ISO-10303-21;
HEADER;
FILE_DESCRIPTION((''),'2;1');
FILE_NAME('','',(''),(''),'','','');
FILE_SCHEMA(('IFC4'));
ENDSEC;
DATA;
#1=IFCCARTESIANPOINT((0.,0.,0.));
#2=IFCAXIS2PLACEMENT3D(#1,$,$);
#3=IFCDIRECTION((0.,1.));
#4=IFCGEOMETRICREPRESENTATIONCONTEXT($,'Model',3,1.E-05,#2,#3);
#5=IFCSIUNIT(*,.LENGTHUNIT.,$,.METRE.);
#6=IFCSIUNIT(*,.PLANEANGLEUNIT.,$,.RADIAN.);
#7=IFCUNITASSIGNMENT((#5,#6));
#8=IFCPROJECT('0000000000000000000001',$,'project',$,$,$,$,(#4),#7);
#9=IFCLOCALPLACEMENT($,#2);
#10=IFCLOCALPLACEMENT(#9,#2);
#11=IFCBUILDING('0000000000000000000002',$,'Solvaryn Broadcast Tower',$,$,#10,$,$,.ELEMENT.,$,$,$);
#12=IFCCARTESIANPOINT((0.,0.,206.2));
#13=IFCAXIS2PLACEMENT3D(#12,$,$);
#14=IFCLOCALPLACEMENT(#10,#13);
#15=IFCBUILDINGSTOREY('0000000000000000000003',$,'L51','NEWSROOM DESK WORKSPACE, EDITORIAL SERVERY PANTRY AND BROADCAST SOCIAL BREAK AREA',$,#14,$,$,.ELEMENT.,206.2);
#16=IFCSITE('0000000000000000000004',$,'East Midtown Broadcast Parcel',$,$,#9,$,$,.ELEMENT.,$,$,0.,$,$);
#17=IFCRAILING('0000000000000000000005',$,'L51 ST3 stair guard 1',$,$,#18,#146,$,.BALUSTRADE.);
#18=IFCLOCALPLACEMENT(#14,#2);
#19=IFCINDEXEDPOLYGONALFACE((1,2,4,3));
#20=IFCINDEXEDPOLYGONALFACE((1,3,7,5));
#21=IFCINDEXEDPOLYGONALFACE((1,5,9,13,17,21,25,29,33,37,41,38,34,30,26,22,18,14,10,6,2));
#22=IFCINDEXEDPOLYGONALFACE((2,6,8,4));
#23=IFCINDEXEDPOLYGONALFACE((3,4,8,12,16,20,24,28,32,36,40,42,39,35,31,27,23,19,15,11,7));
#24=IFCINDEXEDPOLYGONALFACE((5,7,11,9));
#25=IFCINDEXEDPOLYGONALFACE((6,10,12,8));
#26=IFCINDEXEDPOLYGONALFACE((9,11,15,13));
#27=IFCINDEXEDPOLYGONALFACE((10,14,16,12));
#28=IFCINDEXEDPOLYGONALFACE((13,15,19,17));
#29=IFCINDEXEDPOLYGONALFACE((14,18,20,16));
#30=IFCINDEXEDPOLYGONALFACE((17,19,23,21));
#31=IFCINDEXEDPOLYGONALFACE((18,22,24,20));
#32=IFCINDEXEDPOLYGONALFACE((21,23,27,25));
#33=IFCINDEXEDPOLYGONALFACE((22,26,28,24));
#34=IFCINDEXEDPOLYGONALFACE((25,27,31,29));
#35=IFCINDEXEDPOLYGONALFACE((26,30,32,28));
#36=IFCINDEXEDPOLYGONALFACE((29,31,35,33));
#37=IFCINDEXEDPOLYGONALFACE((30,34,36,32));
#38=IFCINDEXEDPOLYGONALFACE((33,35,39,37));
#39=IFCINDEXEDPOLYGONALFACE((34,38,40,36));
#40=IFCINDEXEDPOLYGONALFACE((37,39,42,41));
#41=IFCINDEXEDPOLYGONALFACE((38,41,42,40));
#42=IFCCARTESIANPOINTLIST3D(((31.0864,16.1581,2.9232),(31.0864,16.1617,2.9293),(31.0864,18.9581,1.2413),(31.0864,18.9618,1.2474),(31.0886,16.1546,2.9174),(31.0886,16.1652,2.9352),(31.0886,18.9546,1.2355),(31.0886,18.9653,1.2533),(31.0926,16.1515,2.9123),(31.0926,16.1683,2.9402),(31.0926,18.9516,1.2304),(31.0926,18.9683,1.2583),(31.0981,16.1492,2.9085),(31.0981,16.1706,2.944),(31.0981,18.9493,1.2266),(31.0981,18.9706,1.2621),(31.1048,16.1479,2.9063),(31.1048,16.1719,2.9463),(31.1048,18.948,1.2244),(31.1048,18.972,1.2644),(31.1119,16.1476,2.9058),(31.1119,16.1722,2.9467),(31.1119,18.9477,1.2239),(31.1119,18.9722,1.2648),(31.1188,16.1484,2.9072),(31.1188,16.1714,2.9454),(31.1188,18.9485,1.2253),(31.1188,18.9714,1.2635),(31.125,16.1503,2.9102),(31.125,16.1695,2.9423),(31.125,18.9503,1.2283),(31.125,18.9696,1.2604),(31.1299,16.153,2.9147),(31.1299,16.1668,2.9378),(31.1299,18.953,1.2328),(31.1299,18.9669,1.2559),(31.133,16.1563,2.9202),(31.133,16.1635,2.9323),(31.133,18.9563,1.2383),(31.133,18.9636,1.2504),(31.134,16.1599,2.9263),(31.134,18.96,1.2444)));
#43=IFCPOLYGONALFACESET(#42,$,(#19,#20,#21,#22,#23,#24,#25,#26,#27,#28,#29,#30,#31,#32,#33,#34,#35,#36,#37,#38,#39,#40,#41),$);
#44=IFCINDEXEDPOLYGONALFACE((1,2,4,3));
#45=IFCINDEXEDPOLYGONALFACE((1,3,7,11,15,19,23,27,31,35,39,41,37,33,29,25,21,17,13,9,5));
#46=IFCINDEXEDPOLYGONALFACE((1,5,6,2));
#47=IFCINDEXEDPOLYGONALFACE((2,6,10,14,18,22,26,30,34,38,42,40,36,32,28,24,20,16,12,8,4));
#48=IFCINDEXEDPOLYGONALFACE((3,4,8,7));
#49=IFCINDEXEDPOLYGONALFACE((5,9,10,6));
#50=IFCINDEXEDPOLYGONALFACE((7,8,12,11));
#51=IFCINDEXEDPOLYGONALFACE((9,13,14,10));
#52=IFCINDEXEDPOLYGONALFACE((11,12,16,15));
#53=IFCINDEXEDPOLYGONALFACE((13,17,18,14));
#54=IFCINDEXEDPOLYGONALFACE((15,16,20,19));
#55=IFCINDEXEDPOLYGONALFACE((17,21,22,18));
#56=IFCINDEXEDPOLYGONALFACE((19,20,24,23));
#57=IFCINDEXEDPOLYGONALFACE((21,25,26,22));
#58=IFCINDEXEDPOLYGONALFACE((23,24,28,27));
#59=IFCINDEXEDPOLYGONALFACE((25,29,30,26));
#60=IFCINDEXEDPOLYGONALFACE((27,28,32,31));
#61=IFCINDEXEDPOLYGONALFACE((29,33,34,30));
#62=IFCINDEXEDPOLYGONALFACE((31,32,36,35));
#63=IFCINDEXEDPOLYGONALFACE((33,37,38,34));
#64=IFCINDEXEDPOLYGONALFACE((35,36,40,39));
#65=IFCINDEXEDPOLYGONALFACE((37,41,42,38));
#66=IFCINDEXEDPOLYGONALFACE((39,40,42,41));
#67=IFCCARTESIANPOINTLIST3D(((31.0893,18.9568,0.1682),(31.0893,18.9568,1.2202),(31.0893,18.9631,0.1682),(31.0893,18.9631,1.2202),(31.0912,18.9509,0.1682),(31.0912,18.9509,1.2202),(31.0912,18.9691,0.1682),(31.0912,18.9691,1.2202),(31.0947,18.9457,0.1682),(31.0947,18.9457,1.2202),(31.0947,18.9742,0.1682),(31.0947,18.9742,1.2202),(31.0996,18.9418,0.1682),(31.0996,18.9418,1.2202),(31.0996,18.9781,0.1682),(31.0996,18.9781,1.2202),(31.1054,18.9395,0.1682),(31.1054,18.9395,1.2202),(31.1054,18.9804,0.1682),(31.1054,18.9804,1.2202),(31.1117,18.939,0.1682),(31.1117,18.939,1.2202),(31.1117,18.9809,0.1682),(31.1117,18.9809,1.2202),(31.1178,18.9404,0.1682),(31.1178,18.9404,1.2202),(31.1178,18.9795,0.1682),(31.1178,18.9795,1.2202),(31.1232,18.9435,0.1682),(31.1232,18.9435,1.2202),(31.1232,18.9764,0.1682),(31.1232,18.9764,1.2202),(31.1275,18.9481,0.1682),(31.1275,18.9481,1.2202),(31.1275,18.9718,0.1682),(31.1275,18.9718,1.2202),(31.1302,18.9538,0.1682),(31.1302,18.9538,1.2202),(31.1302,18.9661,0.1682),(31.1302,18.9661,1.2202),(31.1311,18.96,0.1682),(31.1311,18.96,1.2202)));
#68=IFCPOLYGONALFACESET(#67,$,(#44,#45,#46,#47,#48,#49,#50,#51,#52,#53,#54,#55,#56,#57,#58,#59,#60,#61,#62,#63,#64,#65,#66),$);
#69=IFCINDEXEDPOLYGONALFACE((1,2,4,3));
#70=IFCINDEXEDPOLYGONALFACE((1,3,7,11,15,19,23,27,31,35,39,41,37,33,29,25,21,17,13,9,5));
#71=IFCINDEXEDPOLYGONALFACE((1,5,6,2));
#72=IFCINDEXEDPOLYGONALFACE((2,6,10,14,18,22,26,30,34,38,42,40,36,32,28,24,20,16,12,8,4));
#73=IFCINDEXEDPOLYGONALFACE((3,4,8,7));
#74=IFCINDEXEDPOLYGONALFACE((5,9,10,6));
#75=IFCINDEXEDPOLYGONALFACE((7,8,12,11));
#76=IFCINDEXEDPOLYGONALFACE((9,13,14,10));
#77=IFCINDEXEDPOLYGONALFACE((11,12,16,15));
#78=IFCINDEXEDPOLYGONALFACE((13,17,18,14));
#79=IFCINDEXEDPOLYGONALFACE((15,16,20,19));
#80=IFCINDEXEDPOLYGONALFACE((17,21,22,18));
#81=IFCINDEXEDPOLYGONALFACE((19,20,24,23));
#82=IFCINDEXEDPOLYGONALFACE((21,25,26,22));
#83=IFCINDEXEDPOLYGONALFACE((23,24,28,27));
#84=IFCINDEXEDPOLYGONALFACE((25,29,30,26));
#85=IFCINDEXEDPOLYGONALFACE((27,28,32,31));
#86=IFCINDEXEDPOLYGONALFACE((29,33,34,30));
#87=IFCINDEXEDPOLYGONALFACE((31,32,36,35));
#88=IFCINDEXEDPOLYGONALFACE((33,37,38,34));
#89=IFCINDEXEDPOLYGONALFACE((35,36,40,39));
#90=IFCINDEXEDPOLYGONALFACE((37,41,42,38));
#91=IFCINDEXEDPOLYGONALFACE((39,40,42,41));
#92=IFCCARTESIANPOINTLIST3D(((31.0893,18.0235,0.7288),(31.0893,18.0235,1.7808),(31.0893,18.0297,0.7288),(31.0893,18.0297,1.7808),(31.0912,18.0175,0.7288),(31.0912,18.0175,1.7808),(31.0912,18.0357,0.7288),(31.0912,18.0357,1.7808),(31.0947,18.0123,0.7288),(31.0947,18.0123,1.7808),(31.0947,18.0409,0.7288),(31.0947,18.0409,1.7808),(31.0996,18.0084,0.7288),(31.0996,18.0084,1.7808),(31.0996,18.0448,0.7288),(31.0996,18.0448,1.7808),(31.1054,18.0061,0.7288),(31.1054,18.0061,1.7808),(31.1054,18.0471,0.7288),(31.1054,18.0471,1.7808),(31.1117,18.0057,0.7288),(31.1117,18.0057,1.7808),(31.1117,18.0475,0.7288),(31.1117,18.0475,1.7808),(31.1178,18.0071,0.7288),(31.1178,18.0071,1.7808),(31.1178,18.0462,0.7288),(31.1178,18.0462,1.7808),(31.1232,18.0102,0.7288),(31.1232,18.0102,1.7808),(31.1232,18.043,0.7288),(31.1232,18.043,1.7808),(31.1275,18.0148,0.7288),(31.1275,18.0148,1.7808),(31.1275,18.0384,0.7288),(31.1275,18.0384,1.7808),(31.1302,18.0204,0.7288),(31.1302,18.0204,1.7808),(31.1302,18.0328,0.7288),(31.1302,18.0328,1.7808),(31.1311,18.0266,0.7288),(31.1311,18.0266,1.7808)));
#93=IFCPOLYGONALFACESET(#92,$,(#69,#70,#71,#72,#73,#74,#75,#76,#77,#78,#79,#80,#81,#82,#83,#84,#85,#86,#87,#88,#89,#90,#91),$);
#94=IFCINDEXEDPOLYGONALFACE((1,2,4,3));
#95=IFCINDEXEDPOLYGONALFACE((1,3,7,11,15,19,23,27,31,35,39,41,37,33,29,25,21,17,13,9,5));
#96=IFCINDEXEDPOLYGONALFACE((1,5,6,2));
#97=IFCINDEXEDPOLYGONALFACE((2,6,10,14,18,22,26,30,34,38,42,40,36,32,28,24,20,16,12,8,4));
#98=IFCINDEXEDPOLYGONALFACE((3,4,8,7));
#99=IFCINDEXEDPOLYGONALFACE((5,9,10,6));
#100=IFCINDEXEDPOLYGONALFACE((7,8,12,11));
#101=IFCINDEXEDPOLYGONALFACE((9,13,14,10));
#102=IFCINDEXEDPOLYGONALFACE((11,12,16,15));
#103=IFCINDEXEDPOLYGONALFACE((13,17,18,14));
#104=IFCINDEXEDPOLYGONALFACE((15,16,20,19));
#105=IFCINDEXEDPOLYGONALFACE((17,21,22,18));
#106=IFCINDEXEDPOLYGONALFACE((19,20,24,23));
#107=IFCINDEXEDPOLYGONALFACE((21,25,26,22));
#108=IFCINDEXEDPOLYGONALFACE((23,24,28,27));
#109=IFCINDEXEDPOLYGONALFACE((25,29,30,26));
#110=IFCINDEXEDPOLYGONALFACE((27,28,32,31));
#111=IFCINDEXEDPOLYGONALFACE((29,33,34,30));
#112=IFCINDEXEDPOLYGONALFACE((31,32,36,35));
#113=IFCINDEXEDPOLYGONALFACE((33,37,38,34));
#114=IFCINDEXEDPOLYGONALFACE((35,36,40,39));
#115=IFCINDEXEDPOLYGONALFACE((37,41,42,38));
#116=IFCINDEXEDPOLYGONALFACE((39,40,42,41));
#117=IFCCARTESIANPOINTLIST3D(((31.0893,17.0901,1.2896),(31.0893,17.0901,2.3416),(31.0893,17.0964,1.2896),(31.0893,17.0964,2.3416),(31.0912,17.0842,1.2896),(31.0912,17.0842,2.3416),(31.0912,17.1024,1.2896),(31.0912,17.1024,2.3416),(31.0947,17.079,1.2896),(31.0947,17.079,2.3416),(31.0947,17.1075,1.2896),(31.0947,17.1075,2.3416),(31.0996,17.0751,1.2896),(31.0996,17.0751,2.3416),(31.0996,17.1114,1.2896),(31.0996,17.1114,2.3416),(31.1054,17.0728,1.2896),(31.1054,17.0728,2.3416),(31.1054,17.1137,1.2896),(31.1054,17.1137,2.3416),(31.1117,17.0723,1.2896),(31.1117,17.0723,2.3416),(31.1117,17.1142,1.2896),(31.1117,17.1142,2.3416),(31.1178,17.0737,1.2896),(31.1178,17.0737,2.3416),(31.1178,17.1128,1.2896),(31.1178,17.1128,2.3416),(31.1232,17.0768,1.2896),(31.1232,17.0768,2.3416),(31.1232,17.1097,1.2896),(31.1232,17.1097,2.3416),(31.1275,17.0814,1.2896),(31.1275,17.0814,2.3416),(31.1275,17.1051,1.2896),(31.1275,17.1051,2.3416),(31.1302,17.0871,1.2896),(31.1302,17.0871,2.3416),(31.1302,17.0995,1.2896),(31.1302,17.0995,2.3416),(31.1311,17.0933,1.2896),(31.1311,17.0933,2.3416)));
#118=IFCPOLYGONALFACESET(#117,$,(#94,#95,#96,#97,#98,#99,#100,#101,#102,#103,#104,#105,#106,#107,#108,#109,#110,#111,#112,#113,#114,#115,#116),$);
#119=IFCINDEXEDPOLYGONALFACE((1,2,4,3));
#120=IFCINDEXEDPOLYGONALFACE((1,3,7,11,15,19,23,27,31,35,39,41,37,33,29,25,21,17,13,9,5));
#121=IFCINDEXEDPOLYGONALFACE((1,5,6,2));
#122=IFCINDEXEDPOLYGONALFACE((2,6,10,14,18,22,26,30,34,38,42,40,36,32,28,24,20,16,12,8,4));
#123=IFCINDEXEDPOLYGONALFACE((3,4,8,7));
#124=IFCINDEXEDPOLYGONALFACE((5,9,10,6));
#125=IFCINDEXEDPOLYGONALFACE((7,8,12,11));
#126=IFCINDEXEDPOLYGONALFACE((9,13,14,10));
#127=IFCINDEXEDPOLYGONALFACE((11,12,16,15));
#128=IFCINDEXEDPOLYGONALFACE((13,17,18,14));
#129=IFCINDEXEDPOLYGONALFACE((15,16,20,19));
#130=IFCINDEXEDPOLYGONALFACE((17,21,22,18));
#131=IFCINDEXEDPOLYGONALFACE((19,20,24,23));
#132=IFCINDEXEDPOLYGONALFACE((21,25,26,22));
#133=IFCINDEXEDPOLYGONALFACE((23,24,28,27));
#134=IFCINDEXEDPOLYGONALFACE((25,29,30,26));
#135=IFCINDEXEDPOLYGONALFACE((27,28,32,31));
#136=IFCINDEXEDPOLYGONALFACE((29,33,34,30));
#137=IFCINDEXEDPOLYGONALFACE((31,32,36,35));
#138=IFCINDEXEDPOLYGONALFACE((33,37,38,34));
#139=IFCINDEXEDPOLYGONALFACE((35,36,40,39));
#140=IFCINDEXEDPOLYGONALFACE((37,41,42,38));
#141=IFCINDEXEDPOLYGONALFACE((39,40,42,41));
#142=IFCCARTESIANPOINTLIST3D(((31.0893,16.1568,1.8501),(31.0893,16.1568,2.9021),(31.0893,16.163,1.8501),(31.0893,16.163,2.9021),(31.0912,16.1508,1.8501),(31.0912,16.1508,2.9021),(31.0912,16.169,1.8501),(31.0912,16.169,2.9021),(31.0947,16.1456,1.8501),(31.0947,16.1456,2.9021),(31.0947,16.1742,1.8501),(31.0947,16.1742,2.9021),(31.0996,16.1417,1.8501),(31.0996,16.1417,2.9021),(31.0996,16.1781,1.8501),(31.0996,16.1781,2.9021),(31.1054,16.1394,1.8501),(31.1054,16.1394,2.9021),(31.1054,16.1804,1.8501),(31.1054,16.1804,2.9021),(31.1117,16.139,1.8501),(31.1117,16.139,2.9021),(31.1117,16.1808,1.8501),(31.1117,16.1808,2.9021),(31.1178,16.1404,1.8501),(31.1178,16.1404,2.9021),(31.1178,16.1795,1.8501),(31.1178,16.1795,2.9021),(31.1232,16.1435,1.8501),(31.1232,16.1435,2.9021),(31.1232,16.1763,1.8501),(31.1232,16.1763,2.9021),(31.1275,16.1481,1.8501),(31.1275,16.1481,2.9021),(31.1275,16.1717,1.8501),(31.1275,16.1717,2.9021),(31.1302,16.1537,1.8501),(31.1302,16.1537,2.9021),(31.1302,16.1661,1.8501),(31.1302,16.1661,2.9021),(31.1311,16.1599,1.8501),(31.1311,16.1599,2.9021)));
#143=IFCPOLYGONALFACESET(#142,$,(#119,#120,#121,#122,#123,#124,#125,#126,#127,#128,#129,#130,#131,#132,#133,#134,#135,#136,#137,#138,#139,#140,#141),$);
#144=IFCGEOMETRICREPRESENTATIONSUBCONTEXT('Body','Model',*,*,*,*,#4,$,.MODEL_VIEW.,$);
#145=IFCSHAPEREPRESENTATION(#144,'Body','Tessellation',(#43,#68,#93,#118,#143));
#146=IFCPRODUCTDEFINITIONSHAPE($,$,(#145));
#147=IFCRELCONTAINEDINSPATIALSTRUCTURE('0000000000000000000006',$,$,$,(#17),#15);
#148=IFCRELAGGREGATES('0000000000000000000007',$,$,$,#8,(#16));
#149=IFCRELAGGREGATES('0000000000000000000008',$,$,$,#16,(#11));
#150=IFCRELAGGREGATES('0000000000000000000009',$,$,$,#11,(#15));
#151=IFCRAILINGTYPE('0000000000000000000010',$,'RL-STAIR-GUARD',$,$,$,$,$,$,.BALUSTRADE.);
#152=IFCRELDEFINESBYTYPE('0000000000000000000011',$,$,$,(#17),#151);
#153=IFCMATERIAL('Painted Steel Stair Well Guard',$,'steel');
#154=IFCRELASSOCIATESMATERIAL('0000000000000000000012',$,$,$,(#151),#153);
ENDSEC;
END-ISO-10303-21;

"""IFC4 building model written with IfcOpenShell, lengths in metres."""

from ifc_helpers import new_model, si_unit, direction, frame, origin, origin_2d, place, context, subcontext, project, spatial, circle, extrude, material, type_object, element, save


model = new_model("IFC4")

# Units and contexts
model_context = context("Model", 3, precision=1e-05, world=origin(), true_north=direction((0.0, 1.0)))
body_context = subcontext(model_context, "Body", "Model", "MODEL_VIEW")
ifc_project = project(units=[si_unit("LENGTHUNIT", "METRE"), si_unit("PLANEANGLEUNIT", "RADIAN")], contexts=[model_context])

# Site, building, storey
site_placement = place(None, origin())
site = spatial("IfcSite", under=ifc_project, at=site_placement, Name="East Midtown Broadcast Parcel", CompositionType="ELEMENT", RefElevation=0.0)
building_placement = place(site_placement, origin())
building = spatial("IfcBuilding", under=site, at=building_placement, Name="Solvaryn Broadcast Tower", CompositionType="ELEMENT")
storey_placement = place(building_placement, frame((0.0, 0.0, 206.2)))
storey = spatial("IfcBuildingStorey", under=building, at=storey_placement, Name="L51", Description="NEWSROOM DESK WORKSPACE, EDITORIAL SERVERY PANTRY AND BROADCAST SOCIAL BREAK AREA", CompositionType="ELEMENT", Elevation=206.2)

# Railing
ifc_material_1 = material(Name="Painted Steel Stair Well Guard", Category="steel")
railing_type_1 = type_object("IfcRailingType", Name="RL-STAIR-GUARD", PredefinedType="BALUSTRADE", material=ifc_material_1)
railing_1_placement = place(storey_placement, frame((31.1101, 18.96, 0.1682)))
element("IfcRailing", 1, at=railing_1_placement, inside=storey, type_object=railing_type_1, Name="L51 ST3 stair guard 1", PredefinedType="BALUSTRADE", context=body_context, shape_type="SweptSolid", body=[
    extrude(circle(Radius=0.0239, at=origin_2d()), frame((0.0, 0.0, 1.0762), z_axis=(0.0, -0.857242, 0.514913), x_axis=(1.0, 0.0, 0.0)), (0.0, 0.0, 1.0), 3.2664),
    extrude(circle(Radius=0.021, at=origin_2d()), origin(), (0.0, 0.0, 1.0), 1.052),
    extrude(circle(Radius=0.021, at=origin_2d()), frame((0.0, -0.9333, 0.5605)), (0.0, 0.0, 1.0), 1.052),
    extrude(circle(Radius=0.021, at=origin_2d()), frame((0.0, -1.8667, 1.1213)), (0.0, 0.0, 1.0), 1.052),
    extrude(circle(Radius=0.021, at=origin_2d()), frame((0.0, -2.8, 1.6819)), (0.0, 0.0, 1.0), 1.052),
])

save(model, "model.ifc")
